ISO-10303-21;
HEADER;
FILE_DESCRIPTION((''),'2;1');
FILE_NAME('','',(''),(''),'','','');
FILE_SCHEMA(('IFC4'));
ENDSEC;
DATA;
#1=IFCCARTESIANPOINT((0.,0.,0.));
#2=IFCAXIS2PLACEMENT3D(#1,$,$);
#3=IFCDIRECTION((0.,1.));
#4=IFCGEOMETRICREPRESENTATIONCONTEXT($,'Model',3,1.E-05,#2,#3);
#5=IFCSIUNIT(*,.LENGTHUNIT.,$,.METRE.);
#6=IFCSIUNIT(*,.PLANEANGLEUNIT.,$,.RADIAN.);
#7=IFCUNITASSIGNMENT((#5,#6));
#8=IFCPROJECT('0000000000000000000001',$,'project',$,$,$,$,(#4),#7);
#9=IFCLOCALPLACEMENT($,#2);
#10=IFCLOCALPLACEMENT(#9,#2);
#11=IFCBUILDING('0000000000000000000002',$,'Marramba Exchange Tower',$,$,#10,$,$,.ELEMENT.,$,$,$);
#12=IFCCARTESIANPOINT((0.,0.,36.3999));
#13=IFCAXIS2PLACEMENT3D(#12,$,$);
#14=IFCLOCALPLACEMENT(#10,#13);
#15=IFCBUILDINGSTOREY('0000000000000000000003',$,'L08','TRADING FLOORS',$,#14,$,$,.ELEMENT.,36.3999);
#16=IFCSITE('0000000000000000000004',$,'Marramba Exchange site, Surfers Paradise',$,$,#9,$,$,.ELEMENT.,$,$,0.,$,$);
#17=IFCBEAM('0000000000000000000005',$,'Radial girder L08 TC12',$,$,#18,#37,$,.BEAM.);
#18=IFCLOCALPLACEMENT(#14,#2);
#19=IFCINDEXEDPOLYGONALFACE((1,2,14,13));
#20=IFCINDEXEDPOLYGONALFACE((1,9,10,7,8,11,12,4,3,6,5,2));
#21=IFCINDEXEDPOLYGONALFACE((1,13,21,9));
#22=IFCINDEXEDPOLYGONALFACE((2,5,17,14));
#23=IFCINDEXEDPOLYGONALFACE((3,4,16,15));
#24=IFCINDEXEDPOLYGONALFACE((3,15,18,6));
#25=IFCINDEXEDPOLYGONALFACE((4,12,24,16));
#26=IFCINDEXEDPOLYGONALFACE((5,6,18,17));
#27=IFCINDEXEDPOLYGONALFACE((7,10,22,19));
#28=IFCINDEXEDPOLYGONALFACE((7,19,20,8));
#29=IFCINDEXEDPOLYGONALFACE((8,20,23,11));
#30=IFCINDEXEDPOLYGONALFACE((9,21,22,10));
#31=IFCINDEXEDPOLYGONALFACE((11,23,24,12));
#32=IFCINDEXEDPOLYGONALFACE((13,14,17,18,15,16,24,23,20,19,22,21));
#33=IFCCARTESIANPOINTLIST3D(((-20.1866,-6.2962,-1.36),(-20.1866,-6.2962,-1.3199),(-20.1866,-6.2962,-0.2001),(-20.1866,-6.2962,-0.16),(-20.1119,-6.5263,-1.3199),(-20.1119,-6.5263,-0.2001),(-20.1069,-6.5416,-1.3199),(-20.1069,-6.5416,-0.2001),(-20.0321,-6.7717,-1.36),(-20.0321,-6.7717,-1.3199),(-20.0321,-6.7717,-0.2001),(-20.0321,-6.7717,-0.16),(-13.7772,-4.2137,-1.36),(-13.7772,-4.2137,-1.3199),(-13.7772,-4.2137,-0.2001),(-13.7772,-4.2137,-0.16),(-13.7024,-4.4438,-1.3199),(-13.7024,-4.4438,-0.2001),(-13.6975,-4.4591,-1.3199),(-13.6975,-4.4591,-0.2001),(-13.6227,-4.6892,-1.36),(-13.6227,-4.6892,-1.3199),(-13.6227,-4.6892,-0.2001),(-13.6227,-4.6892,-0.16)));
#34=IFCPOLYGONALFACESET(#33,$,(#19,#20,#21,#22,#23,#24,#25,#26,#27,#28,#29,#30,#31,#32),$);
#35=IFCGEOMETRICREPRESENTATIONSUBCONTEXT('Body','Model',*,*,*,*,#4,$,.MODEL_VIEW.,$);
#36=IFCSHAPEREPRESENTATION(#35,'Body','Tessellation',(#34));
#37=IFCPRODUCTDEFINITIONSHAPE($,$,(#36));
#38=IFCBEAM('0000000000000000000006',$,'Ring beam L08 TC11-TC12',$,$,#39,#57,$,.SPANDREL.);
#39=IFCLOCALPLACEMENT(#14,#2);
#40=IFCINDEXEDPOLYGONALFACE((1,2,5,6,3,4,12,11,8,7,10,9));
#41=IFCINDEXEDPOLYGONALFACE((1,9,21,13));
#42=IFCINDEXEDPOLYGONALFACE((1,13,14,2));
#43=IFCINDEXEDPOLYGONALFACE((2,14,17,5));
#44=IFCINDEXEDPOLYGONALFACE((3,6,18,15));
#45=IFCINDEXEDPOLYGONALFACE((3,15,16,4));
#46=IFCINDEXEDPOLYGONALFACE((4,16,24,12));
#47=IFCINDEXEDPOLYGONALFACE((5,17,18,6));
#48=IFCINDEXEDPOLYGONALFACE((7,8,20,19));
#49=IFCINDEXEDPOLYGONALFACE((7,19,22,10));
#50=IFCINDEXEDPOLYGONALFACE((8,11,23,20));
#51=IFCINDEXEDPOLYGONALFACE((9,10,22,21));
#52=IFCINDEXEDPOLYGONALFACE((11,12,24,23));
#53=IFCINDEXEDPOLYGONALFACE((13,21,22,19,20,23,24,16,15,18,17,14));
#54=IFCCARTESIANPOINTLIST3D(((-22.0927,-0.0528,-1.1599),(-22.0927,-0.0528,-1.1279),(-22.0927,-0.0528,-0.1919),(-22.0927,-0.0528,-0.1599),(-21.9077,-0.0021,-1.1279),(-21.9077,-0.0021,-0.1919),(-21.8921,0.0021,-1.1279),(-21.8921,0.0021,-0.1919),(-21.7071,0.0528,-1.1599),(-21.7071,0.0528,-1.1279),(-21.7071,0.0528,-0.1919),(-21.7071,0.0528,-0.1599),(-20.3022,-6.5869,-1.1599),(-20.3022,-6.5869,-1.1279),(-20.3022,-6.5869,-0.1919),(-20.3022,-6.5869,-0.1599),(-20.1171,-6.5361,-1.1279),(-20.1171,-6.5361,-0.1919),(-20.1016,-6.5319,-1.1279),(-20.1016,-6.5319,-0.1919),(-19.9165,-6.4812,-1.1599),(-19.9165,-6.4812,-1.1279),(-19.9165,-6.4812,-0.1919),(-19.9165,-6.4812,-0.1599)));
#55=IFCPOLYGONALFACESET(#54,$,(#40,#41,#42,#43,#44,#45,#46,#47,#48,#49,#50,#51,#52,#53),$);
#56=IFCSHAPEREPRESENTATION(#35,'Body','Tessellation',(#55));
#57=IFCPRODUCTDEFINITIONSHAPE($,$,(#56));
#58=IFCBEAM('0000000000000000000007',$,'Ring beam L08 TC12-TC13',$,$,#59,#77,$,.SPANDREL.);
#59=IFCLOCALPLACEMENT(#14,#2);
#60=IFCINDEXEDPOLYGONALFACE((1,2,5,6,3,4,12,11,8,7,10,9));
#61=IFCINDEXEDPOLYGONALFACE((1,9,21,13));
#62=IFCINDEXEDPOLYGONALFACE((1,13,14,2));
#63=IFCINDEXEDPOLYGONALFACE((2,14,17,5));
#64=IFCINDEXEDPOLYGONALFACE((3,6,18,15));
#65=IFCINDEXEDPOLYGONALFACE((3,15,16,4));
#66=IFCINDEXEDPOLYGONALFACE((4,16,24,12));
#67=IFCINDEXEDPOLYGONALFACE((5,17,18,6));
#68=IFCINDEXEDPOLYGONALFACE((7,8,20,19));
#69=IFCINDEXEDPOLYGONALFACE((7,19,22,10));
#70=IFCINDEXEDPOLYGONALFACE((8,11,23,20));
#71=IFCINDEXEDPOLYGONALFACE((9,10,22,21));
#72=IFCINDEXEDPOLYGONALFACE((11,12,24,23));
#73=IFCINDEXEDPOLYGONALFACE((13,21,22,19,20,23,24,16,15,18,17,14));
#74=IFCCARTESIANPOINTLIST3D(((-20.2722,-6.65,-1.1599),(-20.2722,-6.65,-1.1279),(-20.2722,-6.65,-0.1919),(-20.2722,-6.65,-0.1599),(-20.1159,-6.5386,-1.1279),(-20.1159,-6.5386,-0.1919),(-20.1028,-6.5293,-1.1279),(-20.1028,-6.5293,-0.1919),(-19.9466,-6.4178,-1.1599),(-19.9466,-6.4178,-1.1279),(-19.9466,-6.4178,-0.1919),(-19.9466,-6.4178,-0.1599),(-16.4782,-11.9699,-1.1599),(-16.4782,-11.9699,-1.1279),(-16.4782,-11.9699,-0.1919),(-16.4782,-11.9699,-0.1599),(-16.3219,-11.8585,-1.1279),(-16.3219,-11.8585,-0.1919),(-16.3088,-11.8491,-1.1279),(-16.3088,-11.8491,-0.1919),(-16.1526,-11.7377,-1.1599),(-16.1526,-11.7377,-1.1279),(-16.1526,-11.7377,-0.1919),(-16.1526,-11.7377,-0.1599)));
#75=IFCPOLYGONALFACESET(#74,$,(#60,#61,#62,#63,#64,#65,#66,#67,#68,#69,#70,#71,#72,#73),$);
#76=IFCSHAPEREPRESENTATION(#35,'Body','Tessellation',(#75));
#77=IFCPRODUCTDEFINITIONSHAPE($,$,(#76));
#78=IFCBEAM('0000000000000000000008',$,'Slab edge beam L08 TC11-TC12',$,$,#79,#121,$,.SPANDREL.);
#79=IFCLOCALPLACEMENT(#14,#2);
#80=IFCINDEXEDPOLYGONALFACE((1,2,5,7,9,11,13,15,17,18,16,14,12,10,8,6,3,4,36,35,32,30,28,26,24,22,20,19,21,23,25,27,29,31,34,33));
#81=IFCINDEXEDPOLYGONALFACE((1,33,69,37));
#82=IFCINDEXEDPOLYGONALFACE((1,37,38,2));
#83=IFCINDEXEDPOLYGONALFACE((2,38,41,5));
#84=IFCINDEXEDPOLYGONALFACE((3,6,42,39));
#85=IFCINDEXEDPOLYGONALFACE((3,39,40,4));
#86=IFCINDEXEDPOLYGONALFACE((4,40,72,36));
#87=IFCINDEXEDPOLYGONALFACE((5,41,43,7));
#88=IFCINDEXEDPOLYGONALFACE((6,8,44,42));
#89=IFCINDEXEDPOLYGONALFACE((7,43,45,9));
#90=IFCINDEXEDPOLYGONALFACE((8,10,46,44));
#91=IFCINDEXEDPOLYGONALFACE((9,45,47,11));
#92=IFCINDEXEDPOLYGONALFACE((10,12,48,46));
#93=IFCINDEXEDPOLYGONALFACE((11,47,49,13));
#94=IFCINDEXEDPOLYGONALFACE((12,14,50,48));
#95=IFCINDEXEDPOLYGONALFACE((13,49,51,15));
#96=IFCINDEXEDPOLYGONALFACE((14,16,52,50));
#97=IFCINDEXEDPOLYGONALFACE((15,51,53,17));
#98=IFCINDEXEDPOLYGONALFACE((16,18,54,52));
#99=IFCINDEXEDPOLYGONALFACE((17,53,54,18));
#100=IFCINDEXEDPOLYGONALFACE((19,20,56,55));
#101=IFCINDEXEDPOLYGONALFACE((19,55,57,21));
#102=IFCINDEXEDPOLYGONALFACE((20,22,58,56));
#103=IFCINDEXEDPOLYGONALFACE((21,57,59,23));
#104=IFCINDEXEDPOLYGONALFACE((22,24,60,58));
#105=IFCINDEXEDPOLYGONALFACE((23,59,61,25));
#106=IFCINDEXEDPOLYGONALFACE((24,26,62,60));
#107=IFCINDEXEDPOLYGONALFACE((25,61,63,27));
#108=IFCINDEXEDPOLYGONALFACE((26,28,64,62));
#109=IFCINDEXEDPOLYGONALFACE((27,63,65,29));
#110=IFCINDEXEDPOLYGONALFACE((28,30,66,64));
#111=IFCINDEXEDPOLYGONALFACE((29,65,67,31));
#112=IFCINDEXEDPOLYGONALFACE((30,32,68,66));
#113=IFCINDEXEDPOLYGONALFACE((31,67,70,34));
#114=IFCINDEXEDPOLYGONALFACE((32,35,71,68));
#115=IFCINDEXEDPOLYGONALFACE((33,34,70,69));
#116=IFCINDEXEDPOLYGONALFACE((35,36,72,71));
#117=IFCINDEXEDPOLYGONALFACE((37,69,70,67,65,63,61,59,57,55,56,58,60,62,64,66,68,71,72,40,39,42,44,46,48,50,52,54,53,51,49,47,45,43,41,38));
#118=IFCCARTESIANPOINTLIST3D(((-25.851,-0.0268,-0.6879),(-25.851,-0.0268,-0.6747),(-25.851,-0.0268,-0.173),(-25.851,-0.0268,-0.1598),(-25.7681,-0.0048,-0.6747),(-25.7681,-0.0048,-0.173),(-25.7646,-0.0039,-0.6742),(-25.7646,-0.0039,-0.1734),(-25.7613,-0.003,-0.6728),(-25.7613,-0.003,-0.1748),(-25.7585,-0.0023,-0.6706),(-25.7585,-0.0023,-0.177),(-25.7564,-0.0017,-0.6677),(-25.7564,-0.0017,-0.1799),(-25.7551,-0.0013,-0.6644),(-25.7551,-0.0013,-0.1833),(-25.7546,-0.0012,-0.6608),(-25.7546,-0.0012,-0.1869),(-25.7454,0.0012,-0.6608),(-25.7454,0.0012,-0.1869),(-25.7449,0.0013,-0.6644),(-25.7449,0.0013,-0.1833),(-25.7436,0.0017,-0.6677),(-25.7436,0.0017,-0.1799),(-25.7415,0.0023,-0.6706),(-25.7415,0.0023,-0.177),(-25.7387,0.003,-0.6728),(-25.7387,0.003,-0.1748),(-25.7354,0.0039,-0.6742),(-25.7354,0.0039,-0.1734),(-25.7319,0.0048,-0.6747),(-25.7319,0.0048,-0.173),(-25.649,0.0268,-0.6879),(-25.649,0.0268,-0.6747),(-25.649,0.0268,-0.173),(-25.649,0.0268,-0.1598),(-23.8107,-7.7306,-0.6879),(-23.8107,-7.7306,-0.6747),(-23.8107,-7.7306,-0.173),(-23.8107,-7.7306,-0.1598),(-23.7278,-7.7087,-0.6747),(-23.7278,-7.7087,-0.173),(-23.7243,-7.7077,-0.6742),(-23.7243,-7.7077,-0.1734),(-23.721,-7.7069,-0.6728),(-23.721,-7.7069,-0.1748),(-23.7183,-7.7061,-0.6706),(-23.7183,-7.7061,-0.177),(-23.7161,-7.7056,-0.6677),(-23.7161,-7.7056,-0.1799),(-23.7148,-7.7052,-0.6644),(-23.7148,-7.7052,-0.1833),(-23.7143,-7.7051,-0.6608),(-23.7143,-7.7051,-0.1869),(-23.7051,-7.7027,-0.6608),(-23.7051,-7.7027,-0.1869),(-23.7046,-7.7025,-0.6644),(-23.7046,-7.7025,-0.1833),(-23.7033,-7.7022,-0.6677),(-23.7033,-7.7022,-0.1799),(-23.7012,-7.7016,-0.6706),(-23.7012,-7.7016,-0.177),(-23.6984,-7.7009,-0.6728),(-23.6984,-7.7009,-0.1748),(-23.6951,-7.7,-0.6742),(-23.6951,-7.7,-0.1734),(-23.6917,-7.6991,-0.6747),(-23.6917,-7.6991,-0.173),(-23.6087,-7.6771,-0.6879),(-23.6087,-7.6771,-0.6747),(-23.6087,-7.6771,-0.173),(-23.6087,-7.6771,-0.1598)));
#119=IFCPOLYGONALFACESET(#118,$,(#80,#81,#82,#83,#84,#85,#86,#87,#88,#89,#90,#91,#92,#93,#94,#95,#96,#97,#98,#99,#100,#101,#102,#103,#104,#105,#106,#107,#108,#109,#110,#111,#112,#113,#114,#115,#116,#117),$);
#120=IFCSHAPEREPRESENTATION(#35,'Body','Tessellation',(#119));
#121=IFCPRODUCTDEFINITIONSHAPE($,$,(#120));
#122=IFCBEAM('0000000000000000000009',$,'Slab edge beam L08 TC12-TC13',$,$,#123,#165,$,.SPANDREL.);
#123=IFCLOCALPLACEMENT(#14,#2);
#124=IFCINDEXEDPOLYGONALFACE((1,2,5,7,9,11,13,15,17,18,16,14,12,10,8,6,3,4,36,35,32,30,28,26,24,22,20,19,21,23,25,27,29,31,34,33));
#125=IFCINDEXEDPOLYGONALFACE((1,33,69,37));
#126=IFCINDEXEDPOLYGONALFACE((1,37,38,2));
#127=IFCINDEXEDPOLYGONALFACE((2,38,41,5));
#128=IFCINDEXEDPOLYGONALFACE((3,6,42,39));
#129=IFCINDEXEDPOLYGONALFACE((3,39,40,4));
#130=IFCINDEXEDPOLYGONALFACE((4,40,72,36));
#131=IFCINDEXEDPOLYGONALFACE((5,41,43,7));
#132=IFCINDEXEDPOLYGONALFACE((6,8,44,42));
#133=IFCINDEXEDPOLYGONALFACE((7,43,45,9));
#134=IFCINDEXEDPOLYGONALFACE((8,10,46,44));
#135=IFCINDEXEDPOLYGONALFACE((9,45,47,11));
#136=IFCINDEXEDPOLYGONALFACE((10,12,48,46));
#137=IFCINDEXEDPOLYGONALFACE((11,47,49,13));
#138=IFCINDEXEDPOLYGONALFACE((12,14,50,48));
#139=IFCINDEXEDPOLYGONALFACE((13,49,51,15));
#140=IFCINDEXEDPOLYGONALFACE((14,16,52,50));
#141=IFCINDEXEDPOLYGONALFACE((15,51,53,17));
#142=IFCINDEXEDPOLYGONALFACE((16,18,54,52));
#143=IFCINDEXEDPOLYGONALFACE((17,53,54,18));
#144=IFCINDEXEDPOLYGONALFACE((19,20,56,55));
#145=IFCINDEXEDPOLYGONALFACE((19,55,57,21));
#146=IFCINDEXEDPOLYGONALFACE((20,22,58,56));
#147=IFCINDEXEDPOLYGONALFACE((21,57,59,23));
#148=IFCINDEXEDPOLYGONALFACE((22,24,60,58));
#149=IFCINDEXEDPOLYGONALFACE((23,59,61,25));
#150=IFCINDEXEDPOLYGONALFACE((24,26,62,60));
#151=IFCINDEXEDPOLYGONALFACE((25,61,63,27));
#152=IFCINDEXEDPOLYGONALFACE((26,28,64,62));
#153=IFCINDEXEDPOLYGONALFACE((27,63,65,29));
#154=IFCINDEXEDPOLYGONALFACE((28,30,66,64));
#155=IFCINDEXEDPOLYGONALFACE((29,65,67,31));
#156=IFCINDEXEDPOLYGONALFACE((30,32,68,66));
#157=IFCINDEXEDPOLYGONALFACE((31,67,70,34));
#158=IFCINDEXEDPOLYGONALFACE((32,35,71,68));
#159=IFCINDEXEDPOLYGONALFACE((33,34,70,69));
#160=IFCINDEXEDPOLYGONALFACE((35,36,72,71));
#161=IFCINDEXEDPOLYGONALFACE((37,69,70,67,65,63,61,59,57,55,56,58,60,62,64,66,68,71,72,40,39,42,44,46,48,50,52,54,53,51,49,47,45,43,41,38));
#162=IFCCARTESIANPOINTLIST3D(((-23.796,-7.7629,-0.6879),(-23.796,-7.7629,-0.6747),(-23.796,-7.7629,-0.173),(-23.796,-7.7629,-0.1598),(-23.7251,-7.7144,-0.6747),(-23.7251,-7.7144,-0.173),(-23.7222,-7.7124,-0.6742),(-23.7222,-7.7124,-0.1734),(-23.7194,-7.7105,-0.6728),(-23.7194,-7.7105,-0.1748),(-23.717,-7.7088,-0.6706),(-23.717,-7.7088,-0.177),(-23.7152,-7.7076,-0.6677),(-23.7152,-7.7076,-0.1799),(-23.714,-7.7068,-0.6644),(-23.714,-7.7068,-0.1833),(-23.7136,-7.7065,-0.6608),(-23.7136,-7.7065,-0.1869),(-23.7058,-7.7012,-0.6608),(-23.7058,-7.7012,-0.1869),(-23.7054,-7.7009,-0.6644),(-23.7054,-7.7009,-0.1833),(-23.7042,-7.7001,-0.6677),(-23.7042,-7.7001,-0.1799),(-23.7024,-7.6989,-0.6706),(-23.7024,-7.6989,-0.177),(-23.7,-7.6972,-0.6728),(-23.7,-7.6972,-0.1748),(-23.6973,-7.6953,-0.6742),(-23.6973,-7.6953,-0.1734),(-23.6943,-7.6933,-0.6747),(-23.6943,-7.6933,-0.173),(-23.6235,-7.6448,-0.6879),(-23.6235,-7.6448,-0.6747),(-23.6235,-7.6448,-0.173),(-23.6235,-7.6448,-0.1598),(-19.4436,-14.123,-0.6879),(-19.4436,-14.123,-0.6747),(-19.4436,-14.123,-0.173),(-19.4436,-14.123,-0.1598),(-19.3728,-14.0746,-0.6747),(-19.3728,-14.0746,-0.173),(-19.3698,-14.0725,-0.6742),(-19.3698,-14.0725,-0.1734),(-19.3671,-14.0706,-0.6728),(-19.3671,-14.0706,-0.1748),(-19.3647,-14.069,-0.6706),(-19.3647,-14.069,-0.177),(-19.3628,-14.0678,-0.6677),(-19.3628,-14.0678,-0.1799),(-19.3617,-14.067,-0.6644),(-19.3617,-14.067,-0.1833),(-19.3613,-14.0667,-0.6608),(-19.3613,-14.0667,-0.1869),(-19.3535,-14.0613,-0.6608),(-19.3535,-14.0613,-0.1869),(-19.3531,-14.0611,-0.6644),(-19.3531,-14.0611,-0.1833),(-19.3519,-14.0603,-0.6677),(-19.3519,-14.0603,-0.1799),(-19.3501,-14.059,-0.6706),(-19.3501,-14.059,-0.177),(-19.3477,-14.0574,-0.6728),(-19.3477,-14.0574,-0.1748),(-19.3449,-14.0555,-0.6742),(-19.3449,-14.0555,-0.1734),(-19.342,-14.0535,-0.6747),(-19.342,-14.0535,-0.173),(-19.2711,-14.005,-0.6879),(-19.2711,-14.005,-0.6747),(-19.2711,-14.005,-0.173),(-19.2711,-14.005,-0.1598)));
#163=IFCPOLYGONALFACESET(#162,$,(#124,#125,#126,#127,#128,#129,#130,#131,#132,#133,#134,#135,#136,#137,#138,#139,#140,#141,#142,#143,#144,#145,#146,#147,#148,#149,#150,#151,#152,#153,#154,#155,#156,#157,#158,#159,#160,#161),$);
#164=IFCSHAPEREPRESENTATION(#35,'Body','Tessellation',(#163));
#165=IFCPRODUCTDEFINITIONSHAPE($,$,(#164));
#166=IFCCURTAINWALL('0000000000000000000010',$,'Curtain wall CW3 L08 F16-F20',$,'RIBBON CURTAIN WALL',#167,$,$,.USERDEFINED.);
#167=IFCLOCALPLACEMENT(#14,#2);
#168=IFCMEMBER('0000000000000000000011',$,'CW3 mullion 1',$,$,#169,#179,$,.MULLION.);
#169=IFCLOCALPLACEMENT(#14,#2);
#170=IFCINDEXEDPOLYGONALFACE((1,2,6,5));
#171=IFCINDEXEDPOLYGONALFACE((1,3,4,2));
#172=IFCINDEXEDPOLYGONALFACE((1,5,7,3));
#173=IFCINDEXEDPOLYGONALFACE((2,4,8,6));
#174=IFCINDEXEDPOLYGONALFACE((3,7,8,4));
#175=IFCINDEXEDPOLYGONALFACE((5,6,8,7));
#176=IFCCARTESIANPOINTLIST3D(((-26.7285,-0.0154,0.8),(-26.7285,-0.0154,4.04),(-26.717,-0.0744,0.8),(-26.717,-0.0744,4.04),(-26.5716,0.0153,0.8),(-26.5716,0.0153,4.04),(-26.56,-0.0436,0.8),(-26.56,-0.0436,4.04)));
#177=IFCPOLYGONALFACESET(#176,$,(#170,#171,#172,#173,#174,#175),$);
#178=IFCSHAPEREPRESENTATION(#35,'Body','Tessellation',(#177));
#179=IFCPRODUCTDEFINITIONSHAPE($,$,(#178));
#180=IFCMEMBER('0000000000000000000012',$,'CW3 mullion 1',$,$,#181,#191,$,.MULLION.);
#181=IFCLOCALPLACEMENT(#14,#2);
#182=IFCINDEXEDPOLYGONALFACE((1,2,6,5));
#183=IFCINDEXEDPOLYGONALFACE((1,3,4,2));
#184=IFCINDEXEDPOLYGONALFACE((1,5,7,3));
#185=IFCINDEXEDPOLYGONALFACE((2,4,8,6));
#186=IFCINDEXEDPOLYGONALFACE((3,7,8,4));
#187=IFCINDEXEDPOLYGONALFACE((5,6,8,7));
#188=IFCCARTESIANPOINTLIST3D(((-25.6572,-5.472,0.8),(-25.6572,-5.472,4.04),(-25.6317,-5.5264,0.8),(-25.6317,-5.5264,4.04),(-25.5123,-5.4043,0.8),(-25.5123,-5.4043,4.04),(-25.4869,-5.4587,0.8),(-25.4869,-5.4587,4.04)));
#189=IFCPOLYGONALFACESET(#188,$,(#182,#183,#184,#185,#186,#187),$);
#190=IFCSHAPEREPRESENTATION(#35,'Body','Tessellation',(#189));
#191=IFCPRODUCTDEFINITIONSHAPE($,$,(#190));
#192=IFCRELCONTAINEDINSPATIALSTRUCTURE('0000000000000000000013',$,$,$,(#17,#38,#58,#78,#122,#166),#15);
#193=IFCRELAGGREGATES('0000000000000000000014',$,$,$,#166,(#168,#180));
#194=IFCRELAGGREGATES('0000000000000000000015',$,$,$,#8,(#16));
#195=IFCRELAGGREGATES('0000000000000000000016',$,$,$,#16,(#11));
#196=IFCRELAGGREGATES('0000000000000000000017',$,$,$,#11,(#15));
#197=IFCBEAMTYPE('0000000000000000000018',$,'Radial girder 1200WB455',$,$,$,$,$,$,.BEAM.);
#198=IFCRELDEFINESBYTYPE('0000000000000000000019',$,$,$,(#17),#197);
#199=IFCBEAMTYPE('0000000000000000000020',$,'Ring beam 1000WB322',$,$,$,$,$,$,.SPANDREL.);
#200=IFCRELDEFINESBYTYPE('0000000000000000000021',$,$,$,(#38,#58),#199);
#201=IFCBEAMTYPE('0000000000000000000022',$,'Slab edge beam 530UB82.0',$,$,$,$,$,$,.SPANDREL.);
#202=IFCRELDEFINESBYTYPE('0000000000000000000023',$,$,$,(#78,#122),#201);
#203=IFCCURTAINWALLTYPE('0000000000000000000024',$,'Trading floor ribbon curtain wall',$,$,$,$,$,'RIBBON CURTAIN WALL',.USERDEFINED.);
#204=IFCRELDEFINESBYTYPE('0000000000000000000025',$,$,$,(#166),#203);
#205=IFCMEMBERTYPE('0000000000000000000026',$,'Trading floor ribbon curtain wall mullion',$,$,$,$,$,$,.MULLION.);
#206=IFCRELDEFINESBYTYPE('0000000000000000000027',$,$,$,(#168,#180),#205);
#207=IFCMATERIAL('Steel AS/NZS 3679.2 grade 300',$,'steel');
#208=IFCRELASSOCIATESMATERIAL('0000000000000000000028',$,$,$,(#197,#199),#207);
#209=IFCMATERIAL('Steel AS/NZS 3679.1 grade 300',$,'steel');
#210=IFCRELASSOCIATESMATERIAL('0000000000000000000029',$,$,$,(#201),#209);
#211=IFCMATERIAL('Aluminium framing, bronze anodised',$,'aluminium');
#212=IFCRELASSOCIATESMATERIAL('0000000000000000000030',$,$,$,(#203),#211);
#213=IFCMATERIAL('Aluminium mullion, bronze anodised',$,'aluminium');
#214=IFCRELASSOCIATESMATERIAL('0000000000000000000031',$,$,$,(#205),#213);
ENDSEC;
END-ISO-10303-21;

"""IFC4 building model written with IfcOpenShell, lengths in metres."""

from ifc_helpers import new_model, si_unit, direction, frame, origin, origin_2d, place, context, subcontext, project, spatial, rectangle, i_section, extrude, material, material_profile, profile_set, type_object, element, aggregate, save


model = new_model("IFC4")

# Units and contexts
model_context = context("Model", 3, precision=1e-05, world=origin(), true_north=direction((0.0, 1.0)))
body_context = subcontext(model_context, "Body", "Model", "MODEL_VIEW")
ifc_project = project(units=[si_unit("LENGTHUNIT", "METRE"), si_unit("PLANEANGLEUNIT", "RADIAN")], contexts=[model_context])

# Site, building, storey
site_placement = place(None, origin())
site = spatial("IfcSite", under=ifc_project, at=site_placement, Name="Marramba Exchange site, Surfers Paradise", CompositionType="ELEMENT", RefElevation=0.0)
building_placement = place(site_placement, origin())
building = spatial("IfcBuilding", under=site, at=building_placement, Name="Marramba Exchange Tower", CompositionType="ELEMENT")
storey_placement = place(building_placement, frame((0.0, 0.0, 36.3999)))
storey = spatial("IfcBuildingStorey", under=building, at=storey_placement, Name="L08", Description="TRADING FLOORS", CompositionType="ELEMENT", Elevation=36.3999)

# Beams
ifc_material_1 = material(Name="Steel AS/NZS 3679.2 grade 300", Category="steel")
ifc_material_2 = material(Name="Steel AS/NZS 3679.1 grade 300", Category="steel")
ifc_material_profile_1 = material_profile(ifc_material_1, i_section(OverallWidth=0.5, OverallDepth=1.2, WebThickness=0.0161, FlangeThickness=0.04, at=origin_2d()), Name="1200WB455")
ifc_profile_set_1 = profile_set([ifc_material_profile_1], Name="Steel AS/NZS 3679.2 grade 300")
beam_type_1 = type_object("IfcBeamType", Name="Radial girder 1200WB455", PredefinedType="BEAM", material=ifc_profile_set_1)
beam_1_placement = place(storey_placement, frame((-13.7, -4.4514, -0.76), z_axis=(-0.951058, -0.309013, 0.0), x_axis=(0.309013, -0.951058, 0.0)))
element("IfcBeam", 1, at=beam_1_placement, inside=storey, type_object=beam_type_1, Name="Radial girder L08 TC12", PredefinedType="BEAM", context=body_context, shape_type="SweptSolid", body=[
    extrude(i_section(OverallWidth=0.5, OverallDepth=1.2, WebThickness=0.0161, FlangeThickness=0.04, at=origin_2d()), origin(), (0.0, 0.0, 1.0), 6.7393),
])
ifc_material_profile_2 = material_profile(ifc_material_1, i_section(OverallWidth=0.3999, OverallDepth=1.0, WebThickness=0.0161, FlangeThickness=0.032, at=origin_2d()), Name="1000WB322")
ifc_profile_set_2 = profile_set([ifc_material_profile_2], Name="Steel AS/NZS 3679.2 grade 300")
beam_type_2 = type_object("IfcBeamType", Name="Ring beam 1000WB322", PredefinedType="SPANDREL", material=ifc_profile_set_2)
beam_2_placement = place(storey_placement, frame((-21.8999, 0.0, -0.6599), z_axis=(0.264291, -0.964443, 0.0), x_axis=(0.964443, 0.264291, 0.0)))
element("IfcBeam", 2, at=beam_2_placement, inside=storey, type_object=beam_type_2, Name="Ring beam L08 TC11-TC12", PredefinedType="SPANDREL", context=body_context, shape_type="SweptSolid", body=[
    extrude(i_section(OverallWidth=0.3999, OverallDepth=1.0, WebThickness=0.0161, FlangeThickness=0.032, at=origin_2d()), origin(), (0.0, 0.0, 1.0), 6.7749),
])
beam_3_placement = place(storey_placement, frame((-20.1094, -6.5339, -0.6599), z_axis=(0.580637, -0.814162, 0.0), x_axis=(0.814162, 0.580637, 0.0)))
element("IfcBeam", 3, at=beam_3_placement, inside=storey, type_object=beam_type_2, Name="Ring beam L08 TC12-TC13", PredefinedType="SPANDREL", context=body_context, shape_type="SweptSolid", body=[
    extrude(i_section(OverallWidth=0.3999, OverallDepth=1.0, WebThickness=0.0161, FlangeThickness=0.032, at=origin_2d()), origin(), (0.0, 0.0, 1.0), 6.5342),
])
ifc_material_profile_3 = material_profile(ifc_material_2, i_section(OverallWidth=0.209, OverallDepth=0.5281, WebThickness=0.0095, FlangeThickness=0.0132, FilletRadius=0.0139, at=origin_2d()), Name="530UB82.0")
ifc_profile_set_3 = profile_set([ifc_material_profile_3], Name="Steel AS/NZS 3679.1 grade 300")
beam_type_3 = type_object("IfcBeamType", Name="Slab edge beam 530UB82.0", PredefinedType="SPANDREL", material=ifc_profile_set_3)
beam_4_placement = place(storey_placement, frame((-25.75, 0.0, -0.4238), z_axis=(0.256013, -0.966673, 0.0), x_axis=(0.966673, 0.256013, 0.0)))
element("IfcBeam", 4, at=beam_4_placement, inside=storey, type_object=beam_type_3, Name="Slab edge beam L08 TC11-TC12", PredefinedType="SPANDREL", context=body_context, shape_type="SweptSolid", body=[
    extrude(i_section(OverallWidth=0.209, OverallDepth=0.5281, WebThickness=0.0095, FlangeThickness=0.0132, FilletRadius=0.0139, at=origin_2d()), origin(), (0.0, 0.0, 1.0), 7.9695),
])
beam_5_placement = place(storey_placement, frame((-23.7097, -7.7039, -0.4238), z_axis=(0.564741, -0.825268, 0.0), x_axis=(0.825268, 0.564741, 0.0)))
element("IfcBeam", 5, at=beam_5_placement, inside=storey, type_object=beam_type_3, Name="Slab edge beam L08 TC12-TC13", PredefinedType="SPANDREL", context=body_context, shape_type="SweptSolid", body=[
    extrude(i_section(OverallWidth=0.209, OverallDepth=0.5281, WebThickness=0.0095, FlangeThickness=0.0132, FilletRadius=0.0139, at=origin_2d()), origin(), (0.0, 0.0, 1.0), 7.7068),
])

# Curtain wall, members
ifc_material_3 = material(Name="Aluminium framing, bronze anodised", Category="aluminium")
curtain_wall_type = type_object("IfcCurtainWallType", Name="Trading floor ribbon curtain wall", ElementType="RIBBON CURTAIN WALL", PredefinedType="USERDEFINED", material=ifc_material_3)
curtain_wall_placement = place(storey_placement, origin())
curtain_wall = element("IfcCurtainWall", 6, at=curtain_wall_placement, inside=storey, type_object=curtain_wall_type, Name="Curtain wall CW3 L08 F16-F20", ObjectType="RIBBON CURTAIN WALL", PredefinedType="USERDEFINED")
ifc_material_4 = material(Name="Aluminium mullion, bronze anodised", Category="aluminium")
ifc_material_profile_4 = material_profile(ifc_material_4, rectangle(XDim=0.1599, YDim=0.0601, at=origin_2d()), Name="CW3 mullion 60x160")
ifc_profile_set_4 = profile_set([ifc_material_profile_4], Name="Aluminium mullion, bronze anodised")
member_type_1 = type_object("IfcMemberType", Name="Trading floor ribbon curtain wall mullion", PredefinedType="MULLION", material=ifc_profile_set_4)
member_1_placement = place(storey_placement, frame((-26.6443, -0.0295, 0.8), z_axis=(0.0, 0.0, 1.0), x_axis=(0.981346, 0.192249, 0.0)))
member_1 = element("IfcMember", 7, at=member_1_placement, type_object=member_type_1, Name="CW3 mullion 1", PredefinedType="MULLION", context=body_context, shape_type="SweptSolid", body=[
    extrude(rectangle(XDim=0.1599, YDim=0.0601, at=origin_2d()), origin(), (0.0, 0.0, 1.0), 3.24),
])
member_2_placement = place(storey_placement, frame((-25.572, -5.4653, 0.8), z_axis=(0.0, 0.0, 1.0), x_axis=(0.905907, 0.423477, 0.0)))
member_2 = element("IfcMember", 8, at=member_2_placement, type_object=member_type_1, Name="CW3 mullion 1", PredefinedType="MULLION", context=body_context, shape_type="SweptSolid", body=[
    extrude(rectangle(XDim=0.1599, YDim=0.0601, at=origin_2d()), origin(), (0.0, 0.0, 1.0), 3.24),
])
aggregate(curtain_wall, [member_1, member_2])

save(model, "model.ifc")
